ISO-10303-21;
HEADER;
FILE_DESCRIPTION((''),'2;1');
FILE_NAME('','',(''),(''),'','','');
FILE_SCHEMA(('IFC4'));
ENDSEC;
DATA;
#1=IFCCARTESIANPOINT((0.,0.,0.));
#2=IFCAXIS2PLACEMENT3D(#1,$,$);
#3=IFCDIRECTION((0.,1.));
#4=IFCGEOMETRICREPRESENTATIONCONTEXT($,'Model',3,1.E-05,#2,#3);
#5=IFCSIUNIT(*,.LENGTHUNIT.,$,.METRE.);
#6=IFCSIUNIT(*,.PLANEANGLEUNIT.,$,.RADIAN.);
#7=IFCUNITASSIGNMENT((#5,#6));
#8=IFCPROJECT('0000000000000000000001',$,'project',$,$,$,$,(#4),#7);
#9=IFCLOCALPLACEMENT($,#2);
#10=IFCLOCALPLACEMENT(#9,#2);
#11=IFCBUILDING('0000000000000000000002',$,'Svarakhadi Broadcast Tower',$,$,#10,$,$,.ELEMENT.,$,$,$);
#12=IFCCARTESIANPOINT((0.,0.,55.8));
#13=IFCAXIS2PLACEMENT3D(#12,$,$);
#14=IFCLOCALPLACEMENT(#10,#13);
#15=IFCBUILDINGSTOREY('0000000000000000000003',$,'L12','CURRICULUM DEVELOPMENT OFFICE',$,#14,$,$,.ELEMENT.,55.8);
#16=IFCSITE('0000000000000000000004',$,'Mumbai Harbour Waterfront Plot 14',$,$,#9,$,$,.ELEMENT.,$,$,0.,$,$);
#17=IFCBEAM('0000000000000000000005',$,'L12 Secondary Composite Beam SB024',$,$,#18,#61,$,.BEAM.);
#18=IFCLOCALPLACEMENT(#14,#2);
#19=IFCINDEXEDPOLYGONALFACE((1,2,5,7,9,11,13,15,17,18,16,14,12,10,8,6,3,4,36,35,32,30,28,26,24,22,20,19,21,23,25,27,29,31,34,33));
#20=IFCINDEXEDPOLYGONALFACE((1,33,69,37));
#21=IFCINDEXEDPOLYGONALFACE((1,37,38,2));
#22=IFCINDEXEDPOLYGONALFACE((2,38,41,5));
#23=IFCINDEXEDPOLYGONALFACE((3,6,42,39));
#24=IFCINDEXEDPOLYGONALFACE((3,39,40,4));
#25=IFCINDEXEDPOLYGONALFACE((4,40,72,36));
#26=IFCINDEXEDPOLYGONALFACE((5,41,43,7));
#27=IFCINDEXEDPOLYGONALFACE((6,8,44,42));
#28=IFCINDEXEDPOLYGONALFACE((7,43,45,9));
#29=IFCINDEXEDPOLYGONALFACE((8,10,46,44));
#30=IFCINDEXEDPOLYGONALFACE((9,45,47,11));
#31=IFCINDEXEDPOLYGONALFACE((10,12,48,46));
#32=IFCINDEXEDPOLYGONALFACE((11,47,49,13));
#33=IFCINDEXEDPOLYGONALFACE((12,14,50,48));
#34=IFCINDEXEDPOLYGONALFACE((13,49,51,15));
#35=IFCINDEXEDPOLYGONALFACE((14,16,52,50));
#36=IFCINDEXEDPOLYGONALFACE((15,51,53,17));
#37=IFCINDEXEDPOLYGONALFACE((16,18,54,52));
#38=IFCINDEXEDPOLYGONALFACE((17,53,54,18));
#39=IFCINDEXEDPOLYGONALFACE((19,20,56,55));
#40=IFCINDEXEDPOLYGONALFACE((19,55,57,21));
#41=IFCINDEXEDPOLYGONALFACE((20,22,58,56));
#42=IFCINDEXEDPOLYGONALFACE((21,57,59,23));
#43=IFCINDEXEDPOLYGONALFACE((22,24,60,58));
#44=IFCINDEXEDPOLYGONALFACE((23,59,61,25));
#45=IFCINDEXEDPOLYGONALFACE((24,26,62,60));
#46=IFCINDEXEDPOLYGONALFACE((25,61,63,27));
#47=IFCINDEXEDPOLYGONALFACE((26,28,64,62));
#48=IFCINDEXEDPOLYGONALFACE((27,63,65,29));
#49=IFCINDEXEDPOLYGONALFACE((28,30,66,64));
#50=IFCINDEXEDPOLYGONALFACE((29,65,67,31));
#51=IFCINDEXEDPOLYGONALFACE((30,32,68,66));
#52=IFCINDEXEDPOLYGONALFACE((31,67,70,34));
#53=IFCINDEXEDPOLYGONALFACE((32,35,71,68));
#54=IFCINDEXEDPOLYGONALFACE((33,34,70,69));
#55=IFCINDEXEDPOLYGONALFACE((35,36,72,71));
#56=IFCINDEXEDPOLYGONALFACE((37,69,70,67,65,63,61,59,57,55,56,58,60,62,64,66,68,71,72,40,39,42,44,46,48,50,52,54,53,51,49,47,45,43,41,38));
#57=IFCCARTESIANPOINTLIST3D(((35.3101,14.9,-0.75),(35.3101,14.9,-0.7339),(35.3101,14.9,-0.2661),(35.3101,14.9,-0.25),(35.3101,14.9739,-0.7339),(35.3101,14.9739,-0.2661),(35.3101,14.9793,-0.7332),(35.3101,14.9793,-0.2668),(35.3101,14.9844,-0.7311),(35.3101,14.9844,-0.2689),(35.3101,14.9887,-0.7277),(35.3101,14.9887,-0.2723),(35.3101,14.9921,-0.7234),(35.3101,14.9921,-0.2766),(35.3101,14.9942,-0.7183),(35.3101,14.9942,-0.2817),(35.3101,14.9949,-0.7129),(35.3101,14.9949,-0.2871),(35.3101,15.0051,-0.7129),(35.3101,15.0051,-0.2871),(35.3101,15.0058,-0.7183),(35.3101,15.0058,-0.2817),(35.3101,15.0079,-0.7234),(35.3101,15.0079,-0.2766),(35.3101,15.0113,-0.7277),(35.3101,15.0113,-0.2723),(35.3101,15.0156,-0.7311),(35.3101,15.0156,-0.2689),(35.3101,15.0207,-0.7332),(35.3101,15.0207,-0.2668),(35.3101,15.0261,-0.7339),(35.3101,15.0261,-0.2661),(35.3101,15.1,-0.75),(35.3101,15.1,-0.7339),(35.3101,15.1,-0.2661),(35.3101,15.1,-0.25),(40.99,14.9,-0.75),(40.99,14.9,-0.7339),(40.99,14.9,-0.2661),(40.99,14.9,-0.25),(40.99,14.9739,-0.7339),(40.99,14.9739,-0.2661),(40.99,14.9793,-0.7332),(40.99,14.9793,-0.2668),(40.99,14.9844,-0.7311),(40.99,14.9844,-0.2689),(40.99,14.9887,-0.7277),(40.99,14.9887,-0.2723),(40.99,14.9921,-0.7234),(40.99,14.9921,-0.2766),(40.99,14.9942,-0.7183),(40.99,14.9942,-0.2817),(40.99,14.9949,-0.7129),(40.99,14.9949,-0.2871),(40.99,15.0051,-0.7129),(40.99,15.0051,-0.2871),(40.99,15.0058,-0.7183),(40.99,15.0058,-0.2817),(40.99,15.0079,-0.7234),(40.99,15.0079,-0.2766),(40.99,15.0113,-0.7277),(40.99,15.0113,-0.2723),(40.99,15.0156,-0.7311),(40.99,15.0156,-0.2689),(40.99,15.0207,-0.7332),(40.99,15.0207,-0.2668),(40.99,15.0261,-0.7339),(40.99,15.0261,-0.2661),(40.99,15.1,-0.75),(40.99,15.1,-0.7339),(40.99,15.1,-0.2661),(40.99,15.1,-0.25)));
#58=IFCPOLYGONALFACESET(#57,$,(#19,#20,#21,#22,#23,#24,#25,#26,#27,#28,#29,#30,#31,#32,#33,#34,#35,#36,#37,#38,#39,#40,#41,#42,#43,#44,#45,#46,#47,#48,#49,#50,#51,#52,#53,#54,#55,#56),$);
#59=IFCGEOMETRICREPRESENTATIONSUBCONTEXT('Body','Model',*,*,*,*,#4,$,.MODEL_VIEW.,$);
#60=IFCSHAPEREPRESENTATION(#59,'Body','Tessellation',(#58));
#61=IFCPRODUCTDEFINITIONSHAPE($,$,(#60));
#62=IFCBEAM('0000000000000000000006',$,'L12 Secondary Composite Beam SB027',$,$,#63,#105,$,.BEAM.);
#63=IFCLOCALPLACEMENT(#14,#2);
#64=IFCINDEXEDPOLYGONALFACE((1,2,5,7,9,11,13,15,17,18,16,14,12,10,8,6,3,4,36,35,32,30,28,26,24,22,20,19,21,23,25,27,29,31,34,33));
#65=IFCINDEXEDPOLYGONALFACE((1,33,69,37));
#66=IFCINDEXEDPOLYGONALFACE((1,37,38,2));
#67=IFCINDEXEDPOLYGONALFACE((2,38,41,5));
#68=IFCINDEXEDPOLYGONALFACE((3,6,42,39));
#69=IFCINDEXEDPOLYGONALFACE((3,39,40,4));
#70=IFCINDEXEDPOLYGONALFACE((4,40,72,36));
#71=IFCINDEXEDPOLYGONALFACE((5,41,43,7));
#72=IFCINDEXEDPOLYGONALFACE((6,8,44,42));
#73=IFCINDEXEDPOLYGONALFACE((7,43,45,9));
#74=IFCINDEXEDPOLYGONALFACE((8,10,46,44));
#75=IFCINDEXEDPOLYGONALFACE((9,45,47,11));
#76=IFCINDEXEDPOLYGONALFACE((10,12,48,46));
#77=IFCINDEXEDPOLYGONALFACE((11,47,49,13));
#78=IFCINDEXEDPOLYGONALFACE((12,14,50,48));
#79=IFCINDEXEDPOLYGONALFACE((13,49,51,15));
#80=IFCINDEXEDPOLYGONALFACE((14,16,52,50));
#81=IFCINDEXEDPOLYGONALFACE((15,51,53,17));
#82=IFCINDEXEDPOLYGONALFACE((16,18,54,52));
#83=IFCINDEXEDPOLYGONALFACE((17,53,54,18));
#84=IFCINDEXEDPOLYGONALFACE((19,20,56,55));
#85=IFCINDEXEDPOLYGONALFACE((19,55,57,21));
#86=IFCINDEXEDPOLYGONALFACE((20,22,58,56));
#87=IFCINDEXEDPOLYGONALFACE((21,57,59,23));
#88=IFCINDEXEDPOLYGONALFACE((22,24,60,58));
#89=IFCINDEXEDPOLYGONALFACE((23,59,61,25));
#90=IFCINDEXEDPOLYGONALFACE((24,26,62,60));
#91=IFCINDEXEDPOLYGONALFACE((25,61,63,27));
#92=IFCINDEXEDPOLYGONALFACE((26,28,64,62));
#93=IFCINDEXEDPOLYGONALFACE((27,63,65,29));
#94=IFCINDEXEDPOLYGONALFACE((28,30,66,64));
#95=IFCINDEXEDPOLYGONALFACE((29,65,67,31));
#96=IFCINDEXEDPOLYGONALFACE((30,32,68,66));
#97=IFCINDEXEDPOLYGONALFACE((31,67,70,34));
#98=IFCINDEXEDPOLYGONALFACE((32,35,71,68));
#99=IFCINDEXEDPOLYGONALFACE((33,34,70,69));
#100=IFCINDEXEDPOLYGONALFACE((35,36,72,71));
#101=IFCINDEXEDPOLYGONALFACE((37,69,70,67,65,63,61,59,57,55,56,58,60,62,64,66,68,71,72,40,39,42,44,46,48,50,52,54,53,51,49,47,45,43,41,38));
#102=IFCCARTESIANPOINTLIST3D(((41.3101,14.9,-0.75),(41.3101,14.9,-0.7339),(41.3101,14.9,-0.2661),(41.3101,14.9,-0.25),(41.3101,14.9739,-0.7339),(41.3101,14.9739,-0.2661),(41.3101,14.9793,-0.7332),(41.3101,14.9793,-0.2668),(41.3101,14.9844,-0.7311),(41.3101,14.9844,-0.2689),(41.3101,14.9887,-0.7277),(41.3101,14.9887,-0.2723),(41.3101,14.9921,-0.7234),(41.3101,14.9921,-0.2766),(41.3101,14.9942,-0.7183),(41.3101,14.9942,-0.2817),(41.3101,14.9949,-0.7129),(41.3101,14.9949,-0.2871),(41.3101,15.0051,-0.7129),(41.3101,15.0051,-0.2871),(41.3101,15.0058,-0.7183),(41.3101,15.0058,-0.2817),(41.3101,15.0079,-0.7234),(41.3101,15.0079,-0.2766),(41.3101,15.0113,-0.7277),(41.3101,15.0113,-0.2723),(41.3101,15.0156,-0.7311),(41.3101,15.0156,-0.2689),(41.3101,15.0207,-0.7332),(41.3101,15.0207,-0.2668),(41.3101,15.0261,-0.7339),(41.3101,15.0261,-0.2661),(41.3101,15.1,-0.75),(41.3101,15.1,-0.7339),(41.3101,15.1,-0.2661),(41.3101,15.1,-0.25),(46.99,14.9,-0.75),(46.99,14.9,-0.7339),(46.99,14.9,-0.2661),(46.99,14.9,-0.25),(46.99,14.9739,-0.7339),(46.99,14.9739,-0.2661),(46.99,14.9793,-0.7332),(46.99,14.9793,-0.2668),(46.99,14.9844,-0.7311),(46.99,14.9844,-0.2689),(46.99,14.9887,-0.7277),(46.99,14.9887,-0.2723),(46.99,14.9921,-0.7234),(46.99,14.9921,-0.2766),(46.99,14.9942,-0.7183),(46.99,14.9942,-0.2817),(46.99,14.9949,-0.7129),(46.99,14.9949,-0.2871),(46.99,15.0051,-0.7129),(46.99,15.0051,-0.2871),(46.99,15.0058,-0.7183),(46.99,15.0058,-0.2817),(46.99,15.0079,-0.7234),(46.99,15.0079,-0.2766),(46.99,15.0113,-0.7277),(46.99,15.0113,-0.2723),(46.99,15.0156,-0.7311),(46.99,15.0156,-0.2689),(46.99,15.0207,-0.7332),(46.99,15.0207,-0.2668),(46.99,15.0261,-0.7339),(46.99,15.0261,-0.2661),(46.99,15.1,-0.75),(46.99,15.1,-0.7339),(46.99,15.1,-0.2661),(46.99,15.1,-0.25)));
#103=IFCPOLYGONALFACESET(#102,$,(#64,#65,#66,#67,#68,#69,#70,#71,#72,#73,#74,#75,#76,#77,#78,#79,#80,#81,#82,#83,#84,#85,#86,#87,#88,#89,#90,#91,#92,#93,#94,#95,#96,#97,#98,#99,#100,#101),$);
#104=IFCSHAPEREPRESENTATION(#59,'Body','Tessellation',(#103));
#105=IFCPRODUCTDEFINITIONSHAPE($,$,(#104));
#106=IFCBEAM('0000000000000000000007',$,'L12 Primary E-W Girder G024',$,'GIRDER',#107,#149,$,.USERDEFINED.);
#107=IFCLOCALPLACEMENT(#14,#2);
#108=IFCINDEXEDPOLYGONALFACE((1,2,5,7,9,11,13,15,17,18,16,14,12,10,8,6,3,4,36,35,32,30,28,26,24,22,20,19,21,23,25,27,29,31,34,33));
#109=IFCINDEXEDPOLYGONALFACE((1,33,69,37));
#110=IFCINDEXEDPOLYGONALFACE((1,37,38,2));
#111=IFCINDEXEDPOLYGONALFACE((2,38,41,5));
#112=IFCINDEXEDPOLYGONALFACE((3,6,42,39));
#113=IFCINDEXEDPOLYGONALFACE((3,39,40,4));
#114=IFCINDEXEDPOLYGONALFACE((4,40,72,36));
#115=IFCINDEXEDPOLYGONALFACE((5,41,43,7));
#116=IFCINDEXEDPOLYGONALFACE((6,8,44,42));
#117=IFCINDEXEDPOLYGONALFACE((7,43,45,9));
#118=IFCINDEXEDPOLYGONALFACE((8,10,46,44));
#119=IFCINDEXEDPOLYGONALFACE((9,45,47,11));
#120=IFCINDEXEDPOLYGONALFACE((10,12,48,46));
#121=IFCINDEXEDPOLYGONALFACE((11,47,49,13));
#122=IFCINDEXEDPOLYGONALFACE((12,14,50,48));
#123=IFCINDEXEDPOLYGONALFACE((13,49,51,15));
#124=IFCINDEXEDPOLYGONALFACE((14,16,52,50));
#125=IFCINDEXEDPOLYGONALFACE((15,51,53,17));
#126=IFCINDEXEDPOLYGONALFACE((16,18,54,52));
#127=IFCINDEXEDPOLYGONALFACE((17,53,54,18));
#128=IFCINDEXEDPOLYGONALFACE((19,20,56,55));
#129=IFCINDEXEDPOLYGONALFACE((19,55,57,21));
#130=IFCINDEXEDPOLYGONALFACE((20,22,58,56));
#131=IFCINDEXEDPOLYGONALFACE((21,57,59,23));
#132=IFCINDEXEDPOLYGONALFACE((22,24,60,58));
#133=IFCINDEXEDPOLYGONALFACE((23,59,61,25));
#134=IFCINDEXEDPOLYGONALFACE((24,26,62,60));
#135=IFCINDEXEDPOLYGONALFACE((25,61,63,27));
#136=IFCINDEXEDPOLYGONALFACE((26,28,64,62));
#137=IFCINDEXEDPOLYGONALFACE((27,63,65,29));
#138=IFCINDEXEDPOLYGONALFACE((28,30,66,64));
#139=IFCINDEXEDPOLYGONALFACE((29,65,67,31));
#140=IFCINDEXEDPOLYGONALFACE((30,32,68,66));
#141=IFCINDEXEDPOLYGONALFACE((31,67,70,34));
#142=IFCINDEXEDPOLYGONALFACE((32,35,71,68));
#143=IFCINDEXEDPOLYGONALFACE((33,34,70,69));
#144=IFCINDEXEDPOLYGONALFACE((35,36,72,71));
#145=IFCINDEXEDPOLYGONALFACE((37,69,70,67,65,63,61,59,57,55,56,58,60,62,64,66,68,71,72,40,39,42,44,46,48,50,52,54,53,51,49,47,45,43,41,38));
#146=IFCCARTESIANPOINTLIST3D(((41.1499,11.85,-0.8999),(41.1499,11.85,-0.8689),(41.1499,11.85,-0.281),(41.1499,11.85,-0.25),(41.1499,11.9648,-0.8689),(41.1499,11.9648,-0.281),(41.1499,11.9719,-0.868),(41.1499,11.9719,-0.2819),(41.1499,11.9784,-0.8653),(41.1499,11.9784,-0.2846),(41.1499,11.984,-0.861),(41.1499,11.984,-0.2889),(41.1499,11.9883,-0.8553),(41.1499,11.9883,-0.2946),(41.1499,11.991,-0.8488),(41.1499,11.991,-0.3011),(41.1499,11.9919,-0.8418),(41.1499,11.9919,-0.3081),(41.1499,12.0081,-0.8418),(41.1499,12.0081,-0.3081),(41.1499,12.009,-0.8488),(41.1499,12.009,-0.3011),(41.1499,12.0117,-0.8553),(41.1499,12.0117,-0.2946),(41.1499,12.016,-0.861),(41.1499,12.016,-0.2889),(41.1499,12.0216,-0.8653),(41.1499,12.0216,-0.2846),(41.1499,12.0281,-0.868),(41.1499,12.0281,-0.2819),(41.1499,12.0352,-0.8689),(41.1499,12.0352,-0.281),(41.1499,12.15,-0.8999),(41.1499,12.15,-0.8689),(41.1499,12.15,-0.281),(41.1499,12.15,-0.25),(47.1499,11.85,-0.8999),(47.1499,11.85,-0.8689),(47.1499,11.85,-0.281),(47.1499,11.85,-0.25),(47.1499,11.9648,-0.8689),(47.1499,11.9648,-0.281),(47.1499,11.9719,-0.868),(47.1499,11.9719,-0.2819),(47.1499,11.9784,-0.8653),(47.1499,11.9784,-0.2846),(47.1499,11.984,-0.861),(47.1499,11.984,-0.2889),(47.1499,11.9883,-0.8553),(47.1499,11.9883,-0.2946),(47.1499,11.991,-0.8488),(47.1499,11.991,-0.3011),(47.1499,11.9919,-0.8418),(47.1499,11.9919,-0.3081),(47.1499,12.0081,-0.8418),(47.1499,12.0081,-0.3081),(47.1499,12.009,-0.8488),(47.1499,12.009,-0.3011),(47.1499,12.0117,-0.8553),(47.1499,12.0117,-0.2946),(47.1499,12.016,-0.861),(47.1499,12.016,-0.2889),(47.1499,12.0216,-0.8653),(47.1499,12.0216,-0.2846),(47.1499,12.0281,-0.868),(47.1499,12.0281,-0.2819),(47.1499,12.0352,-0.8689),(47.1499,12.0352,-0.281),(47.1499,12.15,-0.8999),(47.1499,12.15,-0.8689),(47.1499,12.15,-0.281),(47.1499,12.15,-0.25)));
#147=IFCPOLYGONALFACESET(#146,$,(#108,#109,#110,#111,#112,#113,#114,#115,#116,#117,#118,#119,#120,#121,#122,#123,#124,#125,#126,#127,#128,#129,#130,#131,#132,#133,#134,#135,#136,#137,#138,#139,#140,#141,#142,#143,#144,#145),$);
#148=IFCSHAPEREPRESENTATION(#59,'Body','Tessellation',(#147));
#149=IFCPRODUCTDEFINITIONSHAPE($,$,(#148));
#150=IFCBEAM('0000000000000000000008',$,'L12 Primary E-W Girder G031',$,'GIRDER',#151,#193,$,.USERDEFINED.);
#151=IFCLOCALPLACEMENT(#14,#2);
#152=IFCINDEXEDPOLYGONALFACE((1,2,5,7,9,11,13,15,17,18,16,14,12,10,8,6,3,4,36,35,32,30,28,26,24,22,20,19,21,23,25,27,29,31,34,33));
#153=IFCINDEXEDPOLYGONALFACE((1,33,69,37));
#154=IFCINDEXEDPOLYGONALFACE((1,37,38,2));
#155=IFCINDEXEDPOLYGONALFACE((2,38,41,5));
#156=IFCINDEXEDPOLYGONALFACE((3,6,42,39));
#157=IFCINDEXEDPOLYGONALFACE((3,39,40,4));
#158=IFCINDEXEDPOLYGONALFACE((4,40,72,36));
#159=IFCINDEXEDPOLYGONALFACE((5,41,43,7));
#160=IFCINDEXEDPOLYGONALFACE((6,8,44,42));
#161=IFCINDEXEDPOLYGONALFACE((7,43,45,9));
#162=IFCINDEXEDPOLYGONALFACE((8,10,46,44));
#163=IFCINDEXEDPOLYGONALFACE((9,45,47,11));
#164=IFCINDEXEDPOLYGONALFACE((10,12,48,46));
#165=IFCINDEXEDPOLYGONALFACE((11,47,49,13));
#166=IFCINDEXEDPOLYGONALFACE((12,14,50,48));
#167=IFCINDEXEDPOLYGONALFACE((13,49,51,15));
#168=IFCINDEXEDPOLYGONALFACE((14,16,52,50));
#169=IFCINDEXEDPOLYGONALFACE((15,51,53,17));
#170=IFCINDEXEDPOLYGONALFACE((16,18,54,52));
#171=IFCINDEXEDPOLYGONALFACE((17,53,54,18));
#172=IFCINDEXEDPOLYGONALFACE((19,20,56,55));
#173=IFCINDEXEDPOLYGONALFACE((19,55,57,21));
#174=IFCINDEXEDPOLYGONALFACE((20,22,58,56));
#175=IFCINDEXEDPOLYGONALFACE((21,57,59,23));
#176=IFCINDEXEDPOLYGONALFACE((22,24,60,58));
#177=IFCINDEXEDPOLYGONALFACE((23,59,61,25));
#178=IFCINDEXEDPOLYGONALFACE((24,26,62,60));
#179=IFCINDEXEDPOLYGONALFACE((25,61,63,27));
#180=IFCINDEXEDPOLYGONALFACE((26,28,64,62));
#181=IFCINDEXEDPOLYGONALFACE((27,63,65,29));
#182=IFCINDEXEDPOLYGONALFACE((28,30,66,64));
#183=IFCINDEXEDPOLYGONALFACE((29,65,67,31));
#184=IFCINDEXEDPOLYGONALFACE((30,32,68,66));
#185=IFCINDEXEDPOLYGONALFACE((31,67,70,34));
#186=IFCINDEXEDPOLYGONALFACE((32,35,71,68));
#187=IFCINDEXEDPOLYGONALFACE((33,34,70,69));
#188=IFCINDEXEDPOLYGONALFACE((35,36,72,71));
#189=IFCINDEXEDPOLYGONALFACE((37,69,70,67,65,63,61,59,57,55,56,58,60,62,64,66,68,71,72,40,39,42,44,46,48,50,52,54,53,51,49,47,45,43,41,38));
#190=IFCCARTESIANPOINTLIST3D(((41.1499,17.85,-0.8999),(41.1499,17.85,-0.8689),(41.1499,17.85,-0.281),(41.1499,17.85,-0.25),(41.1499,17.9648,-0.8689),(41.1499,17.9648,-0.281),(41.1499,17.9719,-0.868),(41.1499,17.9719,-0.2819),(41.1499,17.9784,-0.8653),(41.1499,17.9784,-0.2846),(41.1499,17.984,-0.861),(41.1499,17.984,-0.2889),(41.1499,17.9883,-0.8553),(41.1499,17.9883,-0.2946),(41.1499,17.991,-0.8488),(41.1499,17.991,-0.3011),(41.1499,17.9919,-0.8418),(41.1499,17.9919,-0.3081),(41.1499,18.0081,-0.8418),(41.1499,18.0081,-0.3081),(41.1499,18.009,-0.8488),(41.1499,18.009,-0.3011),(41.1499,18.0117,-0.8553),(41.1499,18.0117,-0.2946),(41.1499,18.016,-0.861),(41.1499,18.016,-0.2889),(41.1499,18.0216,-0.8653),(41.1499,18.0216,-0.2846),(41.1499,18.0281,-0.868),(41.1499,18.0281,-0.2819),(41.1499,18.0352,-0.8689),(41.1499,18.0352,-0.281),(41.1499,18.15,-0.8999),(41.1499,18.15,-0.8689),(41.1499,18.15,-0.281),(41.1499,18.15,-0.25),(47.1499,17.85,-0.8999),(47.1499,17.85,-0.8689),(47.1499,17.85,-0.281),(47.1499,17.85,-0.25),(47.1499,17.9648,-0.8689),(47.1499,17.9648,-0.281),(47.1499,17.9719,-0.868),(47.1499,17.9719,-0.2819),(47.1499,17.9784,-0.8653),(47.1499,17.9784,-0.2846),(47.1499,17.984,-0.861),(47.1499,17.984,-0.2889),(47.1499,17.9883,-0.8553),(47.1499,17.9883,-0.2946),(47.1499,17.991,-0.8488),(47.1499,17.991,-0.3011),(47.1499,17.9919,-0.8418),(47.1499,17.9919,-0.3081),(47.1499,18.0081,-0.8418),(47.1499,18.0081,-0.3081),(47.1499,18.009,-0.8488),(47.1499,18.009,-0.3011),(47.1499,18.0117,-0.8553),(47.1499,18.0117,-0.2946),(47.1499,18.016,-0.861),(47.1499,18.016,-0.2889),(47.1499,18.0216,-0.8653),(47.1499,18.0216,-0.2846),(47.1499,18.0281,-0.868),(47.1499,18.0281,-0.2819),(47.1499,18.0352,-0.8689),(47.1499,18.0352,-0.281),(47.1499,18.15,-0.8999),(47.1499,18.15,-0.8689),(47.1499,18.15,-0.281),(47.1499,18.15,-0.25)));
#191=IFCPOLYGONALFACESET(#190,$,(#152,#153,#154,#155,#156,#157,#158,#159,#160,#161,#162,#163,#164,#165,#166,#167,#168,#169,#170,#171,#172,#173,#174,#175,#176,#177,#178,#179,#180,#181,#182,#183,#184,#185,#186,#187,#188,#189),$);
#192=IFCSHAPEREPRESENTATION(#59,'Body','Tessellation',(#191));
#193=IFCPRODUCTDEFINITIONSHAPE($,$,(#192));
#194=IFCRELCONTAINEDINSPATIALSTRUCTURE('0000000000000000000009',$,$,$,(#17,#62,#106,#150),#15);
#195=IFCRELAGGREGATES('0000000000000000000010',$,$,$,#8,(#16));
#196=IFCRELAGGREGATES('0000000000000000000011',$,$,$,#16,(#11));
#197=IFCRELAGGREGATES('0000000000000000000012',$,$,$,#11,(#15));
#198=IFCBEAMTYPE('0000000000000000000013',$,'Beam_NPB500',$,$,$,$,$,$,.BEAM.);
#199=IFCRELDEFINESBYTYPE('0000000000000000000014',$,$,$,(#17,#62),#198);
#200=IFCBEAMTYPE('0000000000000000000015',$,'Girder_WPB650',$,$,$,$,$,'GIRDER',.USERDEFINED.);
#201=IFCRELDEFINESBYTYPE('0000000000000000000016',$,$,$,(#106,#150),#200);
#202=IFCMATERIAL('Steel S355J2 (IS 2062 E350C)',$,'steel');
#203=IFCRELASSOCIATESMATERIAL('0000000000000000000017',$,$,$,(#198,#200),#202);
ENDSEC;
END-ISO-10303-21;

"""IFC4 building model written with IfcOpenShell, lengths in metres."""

from ifc_helpers import new_model, si_unit, direction, frame, origin, origin_2d, place, context, subcontext, project, spatial, i_section, extrude, material, material_profile, profile_set, type_object, element, save


model = new_model("IFC4")

# Units and contexts
model_context = context("Model", 3, precision=1e-05, world=origin(), true_north=direction((0.0, 1.0)))
body_context = subcontext(model_context, "Body", "Model", "MODEL_VIEW")
ifc_project = project(units=[si_unit("LENGTHUNIT", "METRE"), si_unit("PLANEANGLEUNIT", "RADIAN")], contexts=[model_context])

# Site, building, storey
site_placement = place(None, origin())
site = spatial("IfcSite", under=ifc_project, at=site_placement, Name="Mumbai Harbour Waterfront Plot 14", CompositionType="ELEMENT", RefElevation=0.0)
building_placement = place(site_placement, origin())
building = spatial("IfcBuilding", under=site, at=building_placement, Name="Svarakhadi Broadcast Tower", CompositionType="ELEMENT")
storey_placement = place(building_placement, frame((0.0, 0.0, 55.8)))
storey = spatial("IfcBuildingStorey", under=building, at=storey_placement, Name="L12", Description="CURRICULUM DEVELOPMENT OFFICE", CompositionType="ELEMENT", Elevation=55.8)

# Beams
ifc_material_1 = material(Name="Steel S355J2 (IS 2062 E350C)", Category="steel")
ifc_material_profile_1 = material_profile(ifc_material_1, i_section(OverallWidth=0.2, OverallDepth=0.5, WebThickness=0.0103, FlangeThickness=0.0161, FilletRadius=0.021, at=origin_2d()), Name="NPB 500x200x91")
ifc_profile_set_1 = profile_set([ifc_material_profile_1], Name="Steel S355J2 (IS 2062 E350C)")
beam_type_1 = type_object("IfcBeamType", Name="Beam_NPB500", PredefinedType="BEAM", material=ifc_profile_set_1)
for number, where, z_axis, x_axis, name in (
    (1, (35.3101, 15.0, -0.5), (1.0, 0.0, 0.0), (0.0, 1.0, 0.0), "L12 Secondary Composite Beam SB024"),
    (2, (41.3101, 15.0, -0.5), (1.0, 0.0, 0.0), (0.0, 1.0, 0.0), "L12 Secondary Composite Beam SB027"),
):
    element("IfcBeam", number, at=place(storey_placement, frame(where, z_axis=z_axis, x_axis=x_axis)), inside=storey, type_object=beam_type_1, Name=name, PredefinedType="BEAM", context=body_context, shape_type="SweptSolid", body=[
        extrude(i_section(OverallWidth=0.2, OverallDepth=0.5, WebThickness=0.0103, FlangeThickness=0.0161, FilletRadius=0.021, at=origin_2d()), origin(), (0.0, 0.0, 1.0), 5.6799),
    ])
ifc_material_profile_2 = material_profile(ifc_material_1, i_section(OverallWidth=0.3, OverallDepth=0.6499, WebThickness=0.0161, FlangeThickness=0.031, FilletRadius=0.0271, at=origin_2d()), Name="WPB 650x300x225")
ifc_profile_set_2 = profile_set([ifc_material_profile_2], Name="Steel S355J2 (IS 2062 E350C)")
beam_type_2 = type_object("IfcBeamType", Name="Girder_WPB650", ElementType="GIRDER", PredefinedType="USERDEFINED", material=ifc_profile_set_2)
for number, where, z_axis, x_axis, name in (
    (3, (41.1499, 12.0, -0.575), (1.0, 0.0, 0.0), (0.0, 1.0, 0.0), "L12 Primary E-W Girder G024"),
    (4, (41.1499, 18.0, -0.575), (1.0, 0.0, 0.0), (0.0, 1.0, 0.0), "L12 Primary E-W Girder G031"),
):
    element("IfcBeam", number, at=place(storey_placement, frame(where, z_axis=z_axis, x_axis=x_axis)), inside=storey, type_object=beam_type_2, Name=name, ObjectType="GIRDER", PredefinedType="USERDEFINED", context=body_context, shape_type="SweptSolid", body=[
        extrude(i_section(OverallWidth=0.3, OverallDepth=0.6499, WebThickness=0.0161, FlangeThickness=0.031, FilletRadius=0.0271, at=origin_2d()), origin(), (0.0, 0.0, 1.0), 6.0),
    ])

save(model, "model.ifc")
